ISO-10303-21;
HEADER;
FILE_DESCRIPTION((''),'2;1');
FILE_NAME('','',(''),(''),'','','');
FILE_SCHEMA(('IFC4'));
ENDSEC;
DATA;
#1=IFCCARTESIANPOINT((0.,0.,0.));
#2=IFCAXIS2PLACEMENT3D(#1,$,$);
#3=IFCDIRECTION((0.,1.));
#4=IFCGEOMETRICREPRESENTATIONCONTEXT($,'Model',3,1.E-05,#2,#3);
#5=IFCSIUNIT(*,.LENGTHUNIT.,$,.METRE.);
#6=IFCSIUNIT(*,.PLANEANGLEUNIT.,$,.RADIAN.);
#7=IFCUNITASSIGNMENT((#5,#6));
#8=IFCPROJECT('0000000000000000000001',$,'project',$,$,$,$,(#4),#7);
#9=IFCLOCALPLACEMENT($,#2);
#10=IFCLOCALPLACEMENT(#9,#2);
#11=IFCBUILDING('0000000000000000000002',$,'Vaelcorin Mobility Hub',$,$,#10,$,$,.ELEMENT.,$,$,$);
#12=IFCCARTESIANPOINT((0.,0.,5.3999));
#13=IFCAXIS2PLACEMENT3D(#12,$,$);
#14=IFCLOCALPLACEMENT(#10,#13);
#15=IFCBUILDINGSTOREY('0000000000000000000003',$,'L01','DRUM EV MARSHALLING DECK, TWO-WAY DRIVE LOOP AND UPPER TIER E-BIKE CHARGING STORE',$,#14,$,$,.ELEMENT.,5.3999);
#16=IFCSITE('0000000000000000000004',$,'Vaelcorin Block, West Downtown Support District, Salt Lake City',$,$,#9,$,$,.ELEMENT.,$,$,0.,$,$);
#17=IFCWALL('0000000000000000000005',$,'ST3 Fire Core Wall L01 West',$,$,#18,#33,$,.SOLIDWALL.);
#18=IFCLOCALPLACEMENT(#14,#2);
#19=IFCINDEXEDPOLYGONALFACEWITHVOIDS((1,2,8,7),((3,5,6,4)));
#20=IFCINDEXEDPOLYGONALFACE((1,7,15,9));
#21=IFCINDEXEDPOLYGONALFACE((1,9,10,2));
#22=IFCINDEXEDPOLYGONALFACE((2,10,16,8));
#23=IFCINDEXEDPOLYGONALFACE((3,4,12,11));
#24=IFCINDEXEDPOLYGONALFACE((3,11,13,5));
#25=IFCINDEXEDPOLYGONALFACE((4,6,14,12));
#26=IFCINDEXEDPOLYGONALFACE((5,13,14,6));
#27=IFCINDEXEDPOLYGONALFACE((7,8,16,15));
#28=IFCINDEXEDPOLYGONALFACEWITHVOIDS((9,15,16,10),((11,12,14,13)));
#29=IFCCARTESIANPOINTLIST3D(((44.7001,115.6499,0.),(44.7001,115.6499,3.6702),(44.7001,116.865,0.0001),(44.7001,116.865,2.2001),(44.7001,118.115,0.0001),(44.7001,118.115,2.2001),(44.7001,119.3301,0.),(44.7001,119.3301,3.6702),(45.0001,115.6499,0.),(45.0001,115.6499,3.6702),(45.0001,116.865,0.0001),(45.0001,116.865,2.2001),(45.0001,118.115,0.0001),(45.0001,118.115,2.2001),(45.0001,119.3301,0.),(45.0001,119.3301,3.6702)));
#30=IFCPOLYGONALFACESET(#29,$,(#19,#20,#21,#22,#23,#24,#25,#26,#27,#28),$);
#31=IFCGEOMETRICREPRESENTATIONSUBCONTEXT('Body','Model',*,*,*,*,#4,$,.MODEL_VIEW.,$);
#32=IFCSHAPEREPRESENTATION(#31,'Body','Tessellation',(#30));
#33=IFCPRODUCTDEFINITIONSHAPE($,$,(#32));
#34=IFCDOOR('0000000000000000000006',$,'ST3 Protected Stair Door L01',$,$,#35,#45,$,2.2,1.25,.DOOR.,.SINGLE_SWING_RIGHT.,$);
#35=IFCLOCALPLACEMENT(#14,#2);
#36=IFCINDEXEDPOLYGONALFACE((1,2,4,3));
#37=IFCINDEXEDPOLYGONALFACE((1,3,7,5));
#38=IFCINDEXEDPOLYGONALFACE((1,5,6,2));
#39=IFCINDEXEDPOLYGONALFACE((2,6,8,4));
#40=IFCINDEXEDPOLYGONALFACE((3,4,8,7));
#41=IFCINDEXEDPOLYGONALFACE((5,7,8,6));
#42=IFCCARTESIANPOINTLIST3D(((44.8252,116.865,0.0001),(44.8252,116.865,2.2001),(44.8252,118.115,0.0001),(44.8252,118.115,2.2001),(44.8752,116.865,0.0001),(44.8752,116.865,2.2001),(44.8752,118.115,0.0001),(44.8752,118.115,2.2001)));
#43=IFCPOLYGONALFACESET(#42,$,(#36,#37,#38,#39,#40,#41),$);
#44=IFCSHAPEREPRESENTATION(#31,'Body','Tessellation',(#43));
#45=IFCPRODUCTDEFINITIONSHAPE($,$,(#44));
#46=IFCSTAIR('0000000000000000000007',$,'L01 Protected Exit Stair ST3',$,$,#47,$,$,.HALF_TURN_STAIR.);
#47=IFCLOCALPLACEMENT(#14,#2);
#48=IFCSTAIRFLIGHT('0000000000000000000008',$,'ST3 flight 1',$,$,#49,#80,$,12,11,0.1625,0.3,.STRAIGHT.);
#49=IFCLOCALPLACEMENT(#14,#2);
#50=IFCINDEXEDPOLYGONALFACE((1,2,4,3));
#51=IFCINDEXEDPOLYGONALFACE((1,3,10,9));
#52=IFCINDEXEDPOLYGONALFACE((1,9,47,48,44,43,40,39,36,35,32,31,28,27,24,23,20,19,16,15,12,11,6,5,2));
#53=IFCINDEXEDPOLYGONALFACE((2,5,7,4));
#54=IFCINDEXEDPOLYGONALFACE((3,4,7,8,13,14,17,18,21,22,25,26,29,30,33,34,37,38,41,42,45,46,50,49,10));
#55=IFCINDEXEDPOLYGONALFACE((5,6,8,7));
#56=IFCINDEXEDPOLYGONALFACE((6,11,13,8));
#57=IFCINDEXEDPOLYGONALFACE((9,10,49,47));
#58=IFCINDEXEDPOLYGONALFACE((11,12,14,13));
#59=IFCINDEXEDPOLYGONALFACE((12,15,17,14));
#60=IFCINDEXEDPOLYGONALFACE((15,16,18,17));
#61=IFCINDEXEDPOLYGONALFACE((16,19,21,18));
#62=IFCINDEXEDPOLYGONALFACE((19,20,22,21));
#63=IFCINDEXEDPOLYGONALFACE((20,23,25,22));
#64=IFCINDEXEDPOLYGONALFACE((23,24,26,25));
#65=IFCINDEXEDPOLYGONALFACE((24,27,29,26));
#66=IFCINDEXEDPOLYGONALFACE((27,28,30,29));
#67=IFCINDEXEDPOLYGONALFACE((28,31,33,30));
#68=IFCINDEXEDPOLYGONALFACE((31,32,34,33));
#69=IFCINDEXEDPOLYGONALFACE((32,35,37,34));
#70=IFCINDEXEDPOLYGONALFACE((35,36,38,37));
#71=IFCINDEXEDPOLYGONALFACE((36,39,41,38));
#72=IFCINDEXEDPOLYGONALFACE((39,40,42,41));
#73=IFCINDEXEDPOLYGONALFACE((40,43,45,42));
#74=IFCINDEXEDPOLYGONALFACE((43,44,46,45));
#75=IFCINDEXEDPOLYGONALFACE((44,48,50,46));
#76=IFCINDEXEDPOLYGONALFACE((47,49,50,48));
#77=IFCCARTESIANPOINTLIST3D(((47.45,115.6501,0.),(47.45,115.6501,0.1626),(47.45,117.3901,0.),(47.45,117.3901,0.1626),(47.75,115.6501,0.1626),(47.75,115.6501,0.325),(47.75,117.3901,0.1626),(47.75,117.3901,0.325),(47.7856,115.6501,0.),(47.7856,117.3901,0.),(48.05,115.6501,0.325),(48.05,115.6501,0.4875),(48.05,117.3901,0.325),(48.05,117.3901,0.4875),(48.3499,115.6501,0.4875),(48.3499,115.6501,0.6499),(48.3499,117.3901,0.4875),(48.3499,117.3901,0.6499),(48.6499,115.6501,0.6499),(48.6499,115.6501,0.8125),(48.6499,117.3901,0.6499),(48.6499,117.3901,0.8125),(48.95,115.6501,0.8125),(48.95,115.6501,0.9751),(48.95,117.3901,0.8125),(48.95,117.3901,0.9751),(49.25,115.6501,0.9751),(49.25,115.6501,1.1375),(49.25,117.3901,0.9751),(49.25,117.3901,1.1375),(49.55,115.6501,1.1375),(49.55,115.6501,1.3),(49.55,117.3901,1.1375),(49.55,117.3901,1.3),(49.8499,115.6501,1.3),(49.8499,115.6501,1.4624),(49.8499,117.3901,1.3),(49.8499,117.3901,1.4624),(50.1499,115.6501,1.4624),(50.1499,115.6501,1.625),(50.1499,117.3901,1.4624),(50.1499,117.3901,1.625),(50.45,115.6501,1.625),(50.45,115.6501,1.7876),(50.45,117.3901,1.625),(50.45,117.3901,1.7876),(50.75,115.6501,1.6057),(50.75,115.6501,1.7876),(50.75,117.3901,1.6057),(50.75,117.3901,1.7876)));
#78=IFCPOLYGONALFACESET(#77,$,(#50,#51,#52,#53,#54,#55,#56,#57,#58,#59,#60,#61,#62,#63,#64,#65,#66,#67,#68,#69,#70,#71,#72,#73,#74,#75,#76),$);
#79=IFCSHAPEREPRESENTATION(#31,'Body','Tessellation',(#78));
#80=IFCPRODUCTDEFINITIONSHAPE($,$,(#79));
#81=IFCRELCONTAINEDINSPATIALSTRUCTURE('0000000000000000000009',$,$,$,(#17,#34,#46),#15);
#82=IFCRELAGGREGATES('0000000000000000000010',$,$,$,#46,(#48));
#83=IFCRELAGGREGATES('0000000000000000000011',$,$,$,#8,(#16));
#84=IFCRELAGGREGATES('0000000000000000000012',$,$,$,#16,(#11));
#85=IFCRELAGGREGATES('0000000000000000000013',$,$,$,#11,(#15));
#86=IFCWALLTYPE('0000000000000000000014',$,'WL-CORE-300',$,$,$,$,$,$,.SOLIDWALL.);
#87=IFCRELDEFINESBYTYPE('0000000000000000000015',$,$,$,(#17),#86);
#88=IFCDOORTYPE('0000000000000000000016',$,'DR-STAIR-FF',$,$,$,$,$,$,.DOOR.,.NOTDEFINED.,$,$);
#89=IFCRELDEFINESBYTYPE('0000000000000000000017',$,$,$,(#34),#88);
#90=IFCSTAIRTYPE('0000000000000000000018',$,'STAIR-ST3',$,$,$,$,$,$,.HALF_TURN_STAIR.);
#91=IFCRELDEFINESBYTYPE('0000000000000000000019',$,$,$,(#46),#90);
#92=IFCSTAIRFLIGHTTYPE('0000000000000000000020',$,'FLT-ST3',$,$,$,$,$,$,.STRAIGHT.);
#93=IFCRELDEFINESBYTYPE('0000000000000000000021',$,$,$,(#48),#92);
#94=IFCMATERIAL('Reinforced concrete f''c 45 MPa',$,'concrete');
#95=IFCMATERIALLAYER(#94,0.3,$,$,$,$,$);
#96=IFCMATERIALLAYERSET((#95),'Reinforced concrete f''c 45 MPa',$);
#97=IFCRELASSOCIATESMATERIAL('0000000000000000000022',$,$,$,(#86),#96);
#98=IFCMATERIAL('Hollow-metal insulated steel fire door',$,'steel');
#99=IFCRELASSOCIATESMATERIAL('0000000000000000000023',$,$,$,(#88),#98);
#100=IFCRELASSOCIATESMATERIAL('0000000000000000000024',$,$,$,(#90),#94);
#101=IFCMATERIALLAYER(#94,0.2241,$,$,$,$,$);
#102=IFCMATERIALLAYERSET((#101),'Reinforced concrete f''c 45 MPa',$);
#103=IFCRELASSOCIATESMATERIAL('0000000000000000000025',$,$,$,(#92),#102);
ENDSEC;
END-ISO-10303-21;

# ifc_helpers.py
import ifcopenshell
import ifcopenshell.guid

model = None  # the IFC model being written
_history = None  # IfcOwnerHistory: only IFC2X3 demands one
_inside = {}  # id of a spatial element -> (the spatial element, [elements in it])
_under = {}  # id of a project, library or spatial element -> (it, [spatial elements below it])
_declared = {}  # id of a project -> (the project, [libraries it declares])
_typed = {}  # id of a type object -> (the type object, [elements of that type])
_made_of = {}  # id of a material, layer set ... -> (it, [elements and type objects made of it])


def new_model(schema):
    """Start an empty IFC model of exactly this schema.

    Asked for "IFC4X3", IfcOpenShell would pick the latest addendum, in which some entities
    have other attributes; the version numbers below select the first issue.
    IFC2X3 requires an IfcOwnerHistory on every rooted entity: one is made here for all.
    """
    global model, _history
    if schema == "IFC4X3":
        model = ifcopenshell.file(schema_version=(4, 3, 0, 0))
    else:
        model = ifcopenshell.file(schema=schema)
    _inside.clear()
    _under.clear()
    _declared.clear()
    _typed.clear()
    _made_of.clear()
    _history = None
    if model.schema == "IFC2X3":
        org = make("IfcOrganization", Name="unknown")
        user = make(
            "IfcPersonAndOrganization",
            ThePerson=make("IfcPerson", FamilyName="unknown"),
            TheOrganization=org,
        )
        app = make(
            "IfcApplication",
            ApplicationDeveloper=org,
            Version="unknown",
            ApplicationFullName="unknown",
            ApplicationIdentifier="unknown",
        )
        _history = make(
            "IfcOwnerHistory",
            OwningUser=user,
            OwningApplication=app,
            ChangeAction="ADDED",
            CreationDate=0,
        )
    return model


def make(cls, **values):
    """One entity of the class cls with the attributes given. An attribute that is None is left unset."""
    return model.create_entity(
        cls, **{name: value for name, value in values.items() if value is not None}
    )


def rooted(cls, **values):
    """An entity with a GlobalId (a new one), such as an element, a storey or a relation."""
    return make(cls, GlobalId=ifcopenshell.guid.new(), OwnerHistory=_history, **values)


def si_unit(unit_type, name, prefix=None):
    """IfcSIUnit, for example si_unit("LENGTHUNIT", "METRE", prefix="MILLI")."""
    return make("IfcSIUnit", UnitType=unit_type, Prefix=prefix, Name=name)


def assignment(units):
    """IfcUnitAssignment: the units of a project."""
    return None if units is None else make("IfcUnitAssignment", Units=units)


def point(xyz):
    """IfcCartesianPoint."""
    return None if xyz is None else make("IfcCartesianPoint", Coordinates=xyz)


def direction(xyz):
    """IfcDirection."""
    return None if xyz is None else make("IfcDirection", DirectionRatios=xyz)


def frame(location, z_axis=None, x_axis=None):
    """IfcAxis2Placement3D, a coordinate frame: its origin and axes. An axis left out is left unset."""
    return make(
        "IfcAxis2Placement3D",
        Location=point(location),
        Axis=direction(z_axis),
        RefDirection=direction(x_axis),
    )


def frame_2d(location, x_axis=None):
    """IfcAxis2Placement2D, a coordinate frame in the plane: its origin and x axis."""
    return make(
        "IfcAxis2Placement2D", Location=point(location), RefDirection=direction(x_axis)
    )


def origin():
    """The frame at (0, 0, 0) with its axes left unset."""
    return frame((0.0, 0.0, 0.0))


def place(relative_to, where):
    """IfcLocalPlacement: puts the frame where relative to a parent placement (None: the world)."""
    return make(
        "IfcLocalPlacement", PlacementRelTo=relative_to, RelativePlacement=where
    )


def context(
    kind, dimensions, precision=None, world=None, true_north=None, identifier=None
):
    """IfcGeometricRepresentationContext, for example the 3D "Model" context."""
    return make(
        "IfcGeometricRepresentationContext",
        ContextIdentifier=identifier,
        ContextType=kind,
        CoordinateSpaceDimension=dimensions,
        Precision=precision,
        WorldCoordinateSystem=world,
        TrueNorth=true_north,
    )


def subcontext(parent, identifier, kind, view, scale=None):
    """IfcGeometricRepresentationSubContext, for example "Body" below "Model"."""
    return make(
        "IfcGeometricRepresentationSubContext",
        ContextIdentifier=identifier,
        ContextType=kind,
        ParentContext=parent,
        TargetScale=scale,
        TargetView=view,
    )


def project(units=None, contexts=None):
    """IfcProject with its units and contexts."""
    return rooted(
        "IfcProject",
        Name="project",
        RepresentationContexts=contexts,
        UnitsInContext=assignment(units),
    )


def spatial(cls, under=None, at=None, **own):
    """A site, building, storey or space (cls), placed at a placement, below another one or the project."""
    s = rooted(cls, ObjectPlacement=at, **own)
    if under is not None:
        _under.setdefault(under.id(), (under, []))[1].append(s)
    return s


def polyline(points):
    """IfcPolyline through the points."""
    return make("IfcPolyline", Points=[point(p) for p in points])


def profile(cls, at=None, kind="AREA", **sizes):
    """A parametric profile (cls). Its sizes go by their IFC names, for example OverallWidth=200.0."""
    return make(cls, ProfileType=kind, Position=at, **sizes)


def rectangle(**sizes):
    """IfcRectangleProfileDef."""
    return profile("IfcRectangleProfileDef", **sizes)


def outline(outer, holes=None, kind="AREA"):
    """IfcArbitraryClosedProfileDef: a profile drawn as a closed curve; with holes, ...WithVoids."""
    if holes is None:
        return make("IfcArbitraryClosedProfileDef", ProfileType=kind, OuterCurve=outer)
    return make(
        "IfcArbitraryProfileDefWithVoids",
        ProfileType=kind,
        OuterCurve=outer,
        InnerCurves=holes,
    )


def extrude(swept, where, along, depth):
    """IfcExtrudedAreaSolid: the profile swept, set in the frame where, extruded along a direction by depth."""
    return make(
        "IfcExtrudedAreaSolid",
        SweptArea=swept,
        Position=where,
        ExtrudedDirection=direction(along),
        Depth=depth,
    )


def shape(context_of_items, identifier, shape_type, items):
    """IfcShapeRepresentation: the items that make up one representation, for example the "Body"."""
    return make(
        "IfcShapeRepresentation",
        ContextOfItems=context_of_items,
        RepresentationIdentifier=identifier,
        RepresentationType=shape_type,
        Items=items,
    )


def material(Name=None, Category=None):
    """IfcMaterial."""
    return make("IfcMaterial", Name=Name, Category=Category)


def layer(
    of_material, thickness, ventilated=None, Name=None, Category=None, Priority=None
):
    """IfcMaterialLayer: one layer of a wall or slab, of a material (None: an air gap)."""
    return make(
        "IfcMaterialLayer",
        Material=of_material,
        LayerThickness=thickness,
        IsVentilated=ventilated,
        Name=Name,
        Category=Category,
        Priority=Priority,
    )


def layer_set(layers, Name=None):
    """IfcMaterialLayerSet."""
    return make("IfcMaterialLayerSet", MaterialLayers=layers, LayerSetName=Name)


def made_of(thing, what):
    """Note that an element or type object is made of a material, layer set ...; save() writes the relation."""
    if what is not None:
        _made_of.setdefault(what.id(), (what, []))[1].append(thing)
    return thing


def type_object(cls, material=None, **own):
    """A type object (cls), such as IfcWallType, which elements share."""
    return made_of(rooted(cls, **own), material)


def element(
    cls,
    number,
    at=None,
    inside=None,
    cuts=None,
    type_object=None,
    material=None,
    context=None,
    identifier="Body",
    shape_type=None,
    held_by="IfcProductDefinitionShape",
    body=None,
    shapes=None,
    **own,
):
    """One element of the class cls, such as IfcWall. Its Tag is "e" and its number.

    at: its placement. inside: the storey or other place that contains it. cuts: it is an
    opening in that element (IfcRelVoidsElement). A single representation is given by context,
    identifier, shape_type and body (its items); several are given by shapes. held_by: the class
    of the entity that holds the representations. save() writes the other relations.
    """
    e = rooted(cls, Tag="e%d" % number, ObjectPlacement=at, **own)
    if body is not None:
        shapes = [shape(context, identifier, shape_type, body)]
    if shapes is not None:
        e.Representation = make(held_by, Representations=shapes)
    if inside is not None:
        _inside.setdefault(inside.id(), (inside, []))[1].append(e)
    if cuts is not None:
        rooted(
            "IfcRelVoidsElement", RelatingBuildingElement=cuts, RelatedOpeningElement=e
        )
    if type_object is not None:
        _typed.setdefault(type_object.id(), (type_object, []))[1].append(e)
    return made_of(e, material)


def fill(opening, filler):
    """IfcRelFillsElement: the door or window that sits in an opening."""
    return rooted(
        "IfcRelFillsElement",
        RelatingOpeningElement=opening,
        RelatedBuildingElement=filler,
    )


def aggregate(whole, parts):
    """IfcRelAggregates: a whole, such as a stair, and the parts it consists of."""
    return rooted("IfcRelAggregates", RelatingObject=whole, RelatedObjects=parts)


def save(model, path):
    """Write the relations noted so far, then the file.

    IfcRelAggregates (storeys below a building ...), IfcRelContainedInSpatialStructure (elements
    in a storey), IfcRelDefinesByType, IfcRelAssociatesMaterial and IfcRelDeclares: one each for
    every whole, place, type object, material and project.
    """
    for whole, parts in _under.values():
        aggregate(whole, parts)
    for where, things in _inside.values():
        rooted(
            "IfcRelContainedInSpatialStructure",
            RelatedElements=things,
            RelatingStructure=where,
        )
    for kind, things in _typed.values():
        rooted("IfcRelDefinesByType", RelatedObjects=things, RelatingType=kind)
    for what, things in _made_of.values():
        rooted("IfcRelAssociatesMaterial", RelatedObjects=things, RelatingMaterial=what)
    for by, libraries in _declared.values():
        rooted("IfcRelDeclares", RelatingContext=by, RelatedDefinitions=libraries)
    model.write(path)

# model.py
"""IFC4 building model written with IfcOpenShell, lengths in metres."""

from ifc_helpers import new_model, si_unit, direction, frame, frame_2d, origin, place, context, subcontext, project, spatial, polyline, rectangle, outline, extrude, material, layer, layer_set, type_object, element, fill, aggregate, save


model = new_model("IFC4")

# Units and contexts
model_context = context("Model", 3, precision=1e-05, world=origin(), true_north=direction((0.0, 1.0)))
body_context = subcontext(model_context, "Body", "Model", "MODEL_VIEW")
ifc_project = project(units=[si_unit("LENGTHUNIT", "METRE"), si_unit("PLANEANGLEUNIT", "RADIAN")], contexts=[model_context])

# Site, building, storey
site_placement = place(None, origin())
site = spatial("IfcSite", under=ifc_project, at=site_placement, Name="Vaelcorin Block, West Downtown Support District, Salt Lake City", CompositionType="ELEMENT", RefElevation=0.0)
building_placement = place(site_placement, origin())
building = spatial("IfcBuilding", under=site, at=building_placement, Name="Vaelcorin Mobility Hub", CompositionType="ELEMENT")
storey_placement = place(building_placement, frame((0.0, 0.0, 5.3999)))
storey = spatial("IfcBuildingStorey", under=building, at=storey_placement, Name="L01", Description="DRUM EV MARSHALLING DECK, TWO-WAY DRIVE LOOP AND UPPER TIER E-BIKE CHARGING STORE", CompositionType="ELEMENT", Elevation=5.3999)

# Shared definitions
ifc_material_1 = material(Name="Reinforced concrete f'c 45 MPa", Category="concrete")
ifc_layer_1 = layer(ifc_material_1, 0.3)
ifc_layer_set_1 = layer_set([ifc_layer_1], Name="Reinforced concrete f'c 45 MPa")
wall_type = type_object("IfcWallType", Name="WL-CORE-300", PredefinedType="SOLIDWALL", material=ifc_layer_set_1)

# Wall, opening, door
wall_1_placement = place(storey_placement, frame((44.8501, 115.6499, 0.0), z_axis=(0.0, 0.0, 1.0), x_axis=(0.0, 1.0, 0.0)))
wall_1 = element("IfcWall", 1, at=wall_1_placement, inside=storey, type_object=wall_type, Name="ST3 Fire Core Wall L01 West", PredefinedType="SOLIDWALL", context=body_context, shape_type="SweptSolid", body=[
    extrude(rectangle(XDim=3.6802, YDim=0.3, at=frame_2d((1.8401, 0.0))), origin(), (0.0, 0.0, 1.0), 3.6702),
])
opening_placement = place(wall_1_placement, frame((1.2151, 0.0, 0.0)))
opening = element("IfcOpeningElement", 2, at=opening_placement, cuts=wall_1, PredefinedType="OPENING", context=body_context, shape_type="SweptSolid", body=[
    extrude(rectangle(XDim=1.25, YDim=2.2, at=frame_2d((0.625, 1.1001))), frame((0.0, 0.1599, 0.0), z_axis=(0.0, -1.0, 0.0), x_axis=(1.0, 0.0, 0.0)), (0.0, 0.0, 1.0), 0.3201),
])
ifc_material_2 = material(Name="Hollow-metal insulated steel fire door", Category="steel")
door_type = type_object("IfcDoorType", Name="DR-STAIR-FF", OperationType="NOTDEFINED", PredefinedType="DOOR", material=ifc_material_2)
door_placement = place(opening_placement, origin())
door = element("IfcDoor", 3, at=door_placement, inside=storey, type_object=door_type, Name="ST3 Protected Stair Door L01", OperationType="SINGLE_SWING_RIGHT", OverallHeight=2.2, OverallWidth=1.25, PredefinedType="DOOR", context=body_context, shape_type="SweptSolid", body=[
    extrude(rectangle(XDim=1.25, YDim=2.2, at=frame_2d((0.625, 1.1001))), frame((0.0, 0.0249, 0.0), z_axis=(0.0, -1.0, 0.0), x_axis=(1.0, 0.0, 0.0)), (0.0, 0.0, 1.0), 0.05),
])
fill(opening, door)

# Stair, stair flight
stair_type = type_object("IfcStairType", Name="STAIR-ST3", PredefinedType="HALF_TURN_STAIR", material=ifc_material_1)
stair_placement = place(storey_placement, origin())
stair = element("IfcStair", 4, at=stair_placement, inside=storey, type_object=stair_type, Name="L01 Protected Exit Stair ST3", PredefinedType="HALF_TURN_STAIR")
ifc_layer_2 = layer(ifc_material_1, 0.2241)
ifc_layer_set_2 = layer_set([ifc_layer_2], Name="Reinforced concrete f'c 45 MPa")
stair_flight_type = type_object("IfcStairFlightType", Name="FLT-ST3", PredefinedType="STRAIGHT", material=ifc_layer_set_2)
stair_flight_placement = place(storey_placement, frame((47.45, 116.52, 0.0), z_axis=(0.0, 0.0, 1.0), x_axis=(1.0, 0.0, 0.0)))
stair_flight = element("IfcStairFlight", 5, at=stair_flight_placement, type_object=stair_flight_type, Name="ST3 flight 1", NumberOfRisers=12, NumberOfTreads=11, PredefinedType="STRAIGHT", RiserHeight=0.1625, TreadLength=0.3, context=body_context, shape_type="SweptSolid", body=[
    extrude(outline(polyline([(0.0, 0.0), (0.0, 0.1626), (0.3, 0.1626), (0.3, 0.325), (0.6001, 0.325), (0.6001, 0.4875), (0.8999, 0.4875), (0.8999, 0.6499), (1.2, 0.6499), (1.2, 0.8125), (1.5, 0.8125), (1.5, 0.9751), (1.8, 0.9751), (1.8, 1.1375), (2.1001, 1.1375), (2.1001, 1.3), (2.3999, 1.3), (2.3999, 1.4624), (2.7, 1.4624), (2.7, 1.625), (3.0, 1.625), (3.0, 1.7876), (3.3, 1.7876), (3.3, 1.95), (3.3, 1.6057), (0.3357, 0.0), (0.0, 0.0)])), frame((0.0, 0.8701, 0.0), z_axis=(0.0, -1.0, 0.0), x_axis=(1.0, 0.0, 0.0)), (0.0, 0.0, 1.0), 1.74),
])
aggregate(stair, [stair_flight])

save(model, "model.ifc")
